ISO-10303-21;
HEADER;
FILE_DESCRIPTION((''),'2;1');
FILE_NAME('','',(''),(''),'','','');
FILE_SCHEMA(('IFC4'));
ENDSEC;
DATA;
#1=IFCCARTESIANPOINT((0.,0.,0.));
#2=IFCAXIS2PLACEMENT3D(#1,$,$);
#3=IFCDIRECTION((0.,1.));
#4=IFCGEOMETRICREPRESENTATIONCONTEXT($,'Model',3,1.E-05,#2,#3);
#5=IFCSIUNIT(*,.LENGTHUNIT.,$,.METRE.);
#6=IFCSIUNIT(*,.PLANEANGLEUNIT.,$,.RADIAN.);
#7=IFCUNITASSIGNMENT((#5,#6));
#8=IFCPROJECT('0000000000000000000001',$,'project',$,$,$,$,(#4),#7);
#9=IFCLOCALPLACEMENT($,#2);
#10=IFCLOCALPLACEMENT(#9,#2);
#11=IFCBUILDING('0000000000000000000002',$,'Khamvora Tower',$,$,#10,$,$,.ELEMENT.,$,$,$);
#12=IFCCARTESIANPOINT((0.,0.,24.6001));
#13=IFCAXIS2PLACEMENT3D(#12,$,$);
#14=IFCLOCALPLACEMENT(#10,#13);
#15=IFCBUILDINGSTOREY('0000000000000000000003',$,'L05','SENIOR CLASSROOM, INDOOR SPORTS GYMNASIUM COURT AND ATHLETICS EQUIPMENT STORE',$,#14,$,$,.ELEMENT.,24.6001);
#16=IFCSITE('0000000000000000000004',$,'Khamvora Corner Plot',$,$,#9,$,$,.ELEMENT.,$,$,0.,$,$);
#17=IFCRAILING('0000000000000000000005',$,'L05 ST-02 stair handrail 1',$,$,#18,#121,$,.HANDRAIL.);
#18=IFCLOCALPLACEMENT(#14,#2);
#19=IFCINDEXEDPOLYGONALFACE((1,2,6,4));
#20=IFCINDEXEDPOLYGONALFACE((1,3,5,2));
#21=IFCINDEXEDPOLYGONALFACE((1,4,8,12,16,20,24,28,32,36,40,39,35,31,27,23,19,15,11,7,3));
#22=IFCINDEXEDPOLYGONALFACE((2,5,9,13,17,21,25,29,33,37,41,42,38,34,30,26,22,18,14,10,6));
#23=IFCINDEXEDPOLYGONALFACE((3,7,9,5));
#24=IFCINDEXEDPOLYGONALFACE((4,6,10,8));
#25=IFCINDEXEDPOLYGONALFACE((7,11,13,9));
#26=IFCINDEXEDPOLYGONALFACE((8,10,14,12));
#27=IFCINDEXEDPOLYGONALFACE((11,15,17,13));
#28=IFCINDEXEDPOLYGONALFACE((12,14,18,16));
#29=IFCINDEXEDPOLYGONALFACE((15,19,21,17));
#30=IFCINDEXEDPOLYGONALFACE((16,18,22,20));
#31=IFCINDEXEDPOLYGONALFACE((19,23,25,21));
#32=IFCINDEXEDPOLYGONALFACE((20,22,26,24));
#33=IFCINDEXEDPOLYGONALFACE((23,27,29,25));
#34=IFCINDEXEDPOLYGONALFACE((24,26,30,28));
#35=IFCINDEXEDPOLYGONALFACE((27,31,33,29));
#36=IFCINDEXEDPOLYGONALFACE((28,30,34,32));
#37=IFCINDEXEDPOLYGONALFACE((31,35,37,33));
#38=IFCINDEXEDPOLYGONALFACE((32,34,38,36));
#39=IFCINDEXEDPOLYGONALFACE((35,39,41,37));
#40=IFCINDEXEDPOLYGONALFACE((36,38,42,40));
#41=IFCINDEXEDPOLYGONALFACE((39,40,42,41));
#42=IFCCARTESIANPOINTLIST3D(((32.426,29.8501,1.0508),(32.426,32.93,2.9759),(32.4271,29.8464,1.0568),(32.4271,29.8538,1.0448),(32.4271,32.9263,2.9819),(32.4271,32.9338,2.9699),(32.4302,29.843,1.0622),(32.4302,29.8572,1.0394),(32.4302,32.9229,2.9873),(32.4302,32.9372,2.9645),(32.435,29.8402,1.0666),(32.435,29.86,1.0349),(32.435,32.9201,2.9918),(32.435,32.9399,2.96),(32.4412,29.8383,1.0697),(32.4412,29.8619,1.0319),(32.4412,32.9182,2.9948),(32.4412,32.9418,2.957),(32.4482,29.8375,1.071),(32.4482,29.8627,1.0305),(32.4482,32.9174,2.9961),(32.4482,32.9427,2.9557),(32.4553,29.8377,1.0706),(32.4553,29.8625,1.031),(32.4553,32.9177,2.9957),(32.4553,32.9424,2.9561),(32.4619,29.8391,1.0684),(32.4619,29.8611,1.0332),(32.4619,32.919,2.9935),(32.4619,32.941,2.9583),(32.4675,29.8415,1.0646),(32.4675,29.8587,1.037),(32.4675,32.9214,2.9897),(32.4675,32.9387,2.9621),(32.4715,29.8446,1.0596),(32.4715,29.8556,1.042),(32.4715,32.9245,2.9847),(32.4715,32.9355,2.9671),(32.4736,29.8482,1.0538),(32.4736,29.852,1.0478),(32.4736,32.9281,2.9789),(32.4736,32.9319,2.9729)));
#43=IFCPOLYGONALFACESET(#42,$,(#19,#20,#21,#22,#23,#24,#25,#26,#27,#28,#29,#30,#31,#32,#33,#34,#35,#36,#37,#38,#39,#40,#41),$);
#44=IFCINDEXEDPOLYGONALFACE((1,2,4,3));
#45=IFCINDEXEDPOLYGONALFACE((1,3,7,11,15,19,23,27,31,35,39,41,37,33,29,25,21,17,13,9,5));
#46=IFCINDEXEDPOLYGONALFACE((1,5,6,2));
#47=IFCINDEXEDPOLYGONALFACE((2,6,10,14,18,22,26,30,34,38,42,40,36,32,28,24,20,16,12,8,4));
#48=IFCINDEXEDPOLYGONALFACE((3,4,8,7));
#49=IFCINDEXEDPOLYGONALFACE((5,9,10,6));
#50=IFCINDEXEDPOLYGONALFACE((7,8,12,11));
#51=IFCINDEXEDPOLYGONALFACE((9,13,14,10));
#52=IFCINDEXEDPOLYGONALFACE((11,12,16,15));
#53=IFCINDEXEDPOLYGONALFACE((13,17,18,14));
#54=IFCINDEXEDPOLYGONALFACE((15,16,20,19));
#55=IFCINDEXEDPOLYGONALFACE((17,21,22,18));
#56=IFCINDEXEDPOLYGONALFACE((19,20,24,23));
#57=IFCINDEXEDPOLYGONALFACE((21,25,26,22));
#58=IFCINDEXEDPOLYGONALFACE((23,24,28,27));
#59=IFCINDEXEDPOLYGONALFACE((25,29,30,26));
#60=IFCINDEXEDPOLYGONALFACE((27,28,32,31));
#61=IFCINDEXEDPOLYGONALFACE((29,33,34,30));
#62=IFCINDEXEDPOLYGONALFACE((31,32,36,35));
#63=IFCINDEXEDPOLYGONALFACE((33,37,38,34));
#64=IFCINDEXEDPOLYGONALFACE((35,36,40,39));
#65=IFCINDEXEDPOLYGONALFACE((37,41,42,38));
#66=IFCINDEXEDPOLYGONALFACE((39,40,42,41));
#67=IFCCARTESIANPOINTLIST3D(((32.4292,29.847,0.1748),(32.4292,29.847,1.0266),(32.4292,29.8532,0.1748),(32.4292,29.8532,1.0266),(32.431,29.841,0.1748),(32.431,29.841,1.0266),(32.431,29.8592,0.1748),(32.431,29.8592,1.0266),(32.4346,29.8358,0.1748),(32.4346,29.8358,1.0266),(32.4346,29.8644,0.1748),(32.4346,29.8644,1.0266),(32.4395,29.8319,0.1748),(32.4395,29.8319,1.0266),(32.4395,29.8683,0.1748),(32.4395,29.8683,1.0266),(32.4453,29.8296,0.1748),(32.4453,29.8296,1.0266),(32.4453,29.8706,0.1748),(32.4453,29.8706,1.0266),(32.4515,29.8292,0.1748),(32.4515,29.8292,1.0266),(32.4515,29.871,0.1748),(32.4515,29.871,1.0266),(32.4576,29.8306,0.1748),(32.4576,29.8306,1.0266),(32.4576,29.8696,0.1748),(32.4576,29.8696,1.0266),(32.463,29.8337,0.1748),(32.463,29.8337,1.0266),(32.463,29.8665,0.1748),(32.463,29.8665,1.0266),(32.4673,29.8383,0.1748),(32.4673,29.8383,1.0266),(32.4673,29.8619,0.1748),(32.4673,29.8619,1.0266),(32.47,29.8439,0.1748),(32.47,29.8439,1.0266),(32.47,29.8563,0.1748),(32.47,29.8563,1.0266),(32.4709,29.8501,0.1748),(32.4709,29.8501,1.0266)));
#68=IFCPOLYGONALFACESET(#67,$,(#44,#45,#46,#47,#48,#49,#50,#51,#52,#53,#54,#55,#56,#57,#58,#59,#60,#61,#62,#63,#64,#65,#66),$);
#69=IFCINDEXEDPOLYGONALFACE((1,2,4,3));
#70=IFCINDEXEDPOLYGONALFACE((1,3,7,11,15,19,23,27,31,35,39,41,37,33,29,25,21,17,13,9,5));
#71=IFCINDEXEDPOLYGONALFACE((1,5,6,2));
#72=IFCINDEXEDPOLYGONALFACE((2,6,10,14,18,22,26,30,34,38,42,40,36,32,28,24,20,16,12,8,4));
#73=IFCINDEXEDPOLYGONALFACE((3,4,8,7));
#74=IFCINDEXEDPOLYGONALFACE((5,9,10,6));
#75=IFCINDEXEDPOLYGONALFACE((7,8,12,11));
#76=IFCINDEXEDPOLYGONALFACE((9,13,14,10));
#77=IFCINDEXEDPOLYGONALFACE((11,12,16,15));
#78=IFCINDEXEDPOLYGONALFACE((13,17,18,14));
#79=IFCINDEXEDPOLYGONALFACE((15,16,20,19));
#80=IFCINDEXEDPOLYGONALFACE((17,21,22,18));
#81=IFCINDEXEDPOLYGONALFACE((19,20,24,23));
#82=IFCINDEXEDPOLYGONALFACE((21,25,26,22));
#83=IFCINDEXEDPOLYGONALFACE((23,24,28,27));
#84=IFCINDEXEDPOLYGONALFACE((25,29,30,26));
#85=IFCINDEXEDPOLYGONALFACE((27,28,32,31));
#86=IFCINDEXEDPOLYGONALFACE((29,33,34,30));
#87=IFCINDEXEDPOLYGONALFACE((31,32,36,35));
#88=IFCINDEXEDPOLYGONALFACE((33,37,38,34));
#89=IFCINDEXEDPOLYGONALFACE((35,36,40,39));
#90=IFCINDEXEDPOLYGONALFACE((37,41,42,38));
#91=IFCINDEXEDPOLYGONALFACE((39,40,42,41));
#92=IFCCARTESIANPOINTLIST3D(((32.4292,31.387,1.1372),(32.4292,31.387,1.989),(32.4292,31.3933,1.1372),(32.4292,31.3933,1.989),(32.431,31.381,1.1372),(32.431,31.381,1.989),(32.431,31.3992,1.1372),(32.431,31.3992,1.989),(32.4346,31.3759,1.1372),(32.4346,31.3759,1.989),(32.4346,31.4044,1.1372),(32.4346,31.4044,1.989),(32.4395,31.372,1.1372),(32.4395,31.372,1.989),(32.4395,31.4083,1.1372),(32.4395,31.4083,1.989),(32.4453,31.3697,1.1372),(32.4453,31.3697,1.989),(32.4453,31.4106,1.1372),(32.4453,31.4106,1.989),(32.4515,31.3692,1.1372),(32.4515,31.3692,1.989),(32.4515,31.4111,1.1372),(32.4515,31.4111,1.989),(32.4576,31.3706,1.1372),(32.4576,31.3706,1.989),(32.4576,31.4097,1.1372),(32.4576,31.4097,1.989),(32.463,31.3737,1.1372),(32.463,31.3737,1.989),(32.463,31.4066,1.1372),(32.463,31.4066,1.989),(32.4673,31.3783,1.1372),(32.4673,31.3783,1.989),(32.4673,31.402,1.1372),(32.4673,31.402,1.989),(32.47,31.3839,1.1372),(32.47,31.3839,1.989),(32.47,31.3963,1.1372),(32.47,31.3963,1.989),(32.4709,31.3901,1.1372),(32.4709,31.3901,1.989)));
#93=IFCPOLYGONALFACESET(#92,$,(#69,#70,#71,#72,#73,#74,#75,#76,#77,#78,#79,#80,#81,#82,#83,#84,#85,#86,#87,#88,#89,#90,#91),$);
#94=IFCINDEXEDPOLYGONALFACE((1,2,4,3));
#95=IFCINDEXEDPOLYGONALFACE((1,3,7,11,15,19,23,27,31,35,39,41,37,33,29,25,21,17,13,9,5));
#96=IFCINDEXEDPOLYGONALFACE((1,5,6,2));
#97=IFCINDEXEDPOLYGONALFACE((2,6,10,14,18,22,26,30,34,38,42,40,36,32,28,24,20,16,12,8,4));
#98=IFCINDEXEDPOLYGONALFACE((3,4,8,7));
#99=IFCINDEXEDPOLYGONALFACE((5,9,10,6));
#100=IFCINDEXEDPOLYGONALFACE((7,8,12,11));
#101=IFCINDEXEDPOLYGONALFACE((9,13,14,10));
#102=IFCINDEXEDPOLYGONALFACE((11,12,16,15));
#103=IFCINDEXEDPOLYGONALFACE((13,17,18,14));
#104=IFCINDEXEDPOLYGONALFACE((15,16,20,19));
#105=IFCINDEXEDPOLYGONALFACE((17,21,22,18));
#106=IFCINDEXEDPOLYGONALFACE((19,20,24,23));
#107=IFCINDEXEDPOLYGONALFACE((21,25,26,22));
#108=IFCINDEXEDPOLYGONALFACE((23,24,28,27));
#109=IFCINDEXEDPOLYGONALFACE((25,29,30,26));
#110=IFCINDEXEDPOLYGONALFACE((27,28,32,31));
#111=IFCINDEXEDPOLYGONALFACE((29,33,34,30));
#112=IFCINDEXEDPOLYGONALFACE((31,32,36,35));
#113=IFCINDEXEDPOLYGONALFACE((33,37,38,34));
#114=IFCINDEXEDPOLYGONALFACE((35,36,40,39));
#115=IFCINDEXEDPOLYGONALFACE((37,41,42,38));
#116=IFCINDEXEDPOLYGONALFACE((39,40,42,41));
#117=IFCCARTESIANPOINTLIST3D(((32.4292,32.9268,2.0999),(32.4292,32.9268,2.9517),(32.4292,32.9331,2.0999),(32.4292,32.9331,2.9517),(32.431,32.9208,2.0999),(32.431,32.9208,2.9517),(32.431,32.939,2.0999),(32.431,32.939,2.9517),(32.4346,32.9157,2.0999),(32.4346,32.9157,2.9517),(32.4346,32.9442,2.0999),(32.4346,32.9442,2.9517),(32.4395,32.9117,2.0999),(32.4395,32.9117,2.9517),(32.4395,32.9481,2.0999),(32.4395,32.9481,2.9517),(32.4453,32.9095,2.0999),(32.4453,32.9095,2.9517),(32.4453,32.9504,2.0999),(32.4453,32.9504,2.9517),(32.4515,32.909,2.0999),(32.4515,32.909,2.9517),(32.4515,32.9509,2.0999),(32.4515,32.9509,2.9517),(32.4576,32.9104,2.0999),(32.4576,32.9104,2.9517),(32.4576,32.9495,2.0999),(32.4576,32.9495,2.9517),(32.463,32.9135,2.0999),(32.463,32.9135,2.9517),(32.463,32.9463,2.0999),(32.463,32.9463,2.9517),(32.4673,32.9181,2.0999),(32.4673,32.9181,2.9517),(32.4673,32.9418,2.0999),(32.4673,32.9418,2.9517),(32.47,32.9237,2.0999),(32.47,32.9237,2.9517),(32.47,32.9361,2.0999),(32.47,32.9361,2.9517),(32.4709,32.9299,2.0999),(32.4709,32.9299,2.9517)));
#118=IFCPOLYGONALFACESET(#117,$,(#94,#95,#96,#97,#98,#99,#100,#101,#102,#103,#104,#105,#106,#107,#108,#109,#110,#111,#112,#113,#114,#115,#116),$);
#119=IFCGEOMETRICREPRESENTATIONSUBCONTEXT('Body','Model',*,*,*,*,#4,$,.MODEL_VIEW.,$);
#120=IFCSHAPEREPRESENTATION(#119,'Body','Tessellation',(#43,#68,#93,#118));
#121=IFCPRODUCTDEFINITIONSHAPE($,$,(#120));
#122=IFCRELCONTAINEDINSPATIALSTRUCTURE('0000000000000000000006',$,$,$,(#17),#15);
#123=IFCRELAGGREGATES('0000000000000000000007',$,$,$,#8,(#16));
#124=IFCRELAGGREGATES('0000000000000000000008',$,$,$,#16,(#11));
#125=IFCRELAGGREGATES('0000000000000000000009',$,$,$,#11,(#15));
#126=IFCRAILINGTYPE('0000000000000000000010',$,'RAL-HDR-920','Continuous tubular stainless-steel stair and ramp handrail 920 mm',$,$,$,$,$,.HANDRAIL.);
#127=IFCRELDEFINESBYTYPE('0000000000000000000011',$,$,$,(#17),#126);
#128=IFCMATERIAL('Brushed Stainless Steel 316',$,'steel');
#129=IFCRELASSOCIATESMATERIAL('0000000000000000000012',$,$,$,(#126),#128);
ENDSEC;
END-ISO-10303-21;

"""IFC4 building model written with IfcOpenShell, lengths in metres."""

from ifc_helpers import new_model, si_unit, direction, frame, origin, origin_2d, place, context, subcontext, project, spatial, circle, extrude, material, type_object, element, save


model = new_model("IFC4")

# Units and contexts
model_context = context("Model", 3, precision=1e-05, world=origin(), true_north=direction((0.0, 1.0)))
body_context = subcontext(model_context, "Body", "Model", "MODEL_VIEW")
ifc_project = project(units=[si_unit("LENGTHUNIT", "METRE"), si_unit("PLANEANGLEUNIT", "RADIAN")], contexts=[model_context])

# Site, building, storey
site_placement = place(None, origin())
site = spatial("IfcSite", under=ifc_project, at=site_placement, Name="Khamvora Corner Plot", CompositionType="ELEMENT", RefElevation=0.0)
building_placement = place(site_placement, origin())
building = spatial("IfcBuilding", under=site, at=building_placement, Name="Khamvora Tower", CompositionType="ELEMENT")
storey_placement = place(building_placement, frame((0.0, 0.0, 24.6001)))
storey = spatial("IfcBuildingStorey", under=building, at=storey_placement, Name="L05", Description="SENIOR CLASSROOM, INDOOR SPORTS GYMNASIUM COURT AND ATHLETICS EQUIPMENT STORE", CompositionType="ELEMENT", Elevation=24.6001)

# Railing
ifc_material_1 = material(Name="Brushed Stainless Steel 316", Category="steel")
railing_type_1 = type_object("IfcRailingType", Name="RAL-HDR-920", Description="Continuous tubular stainless-steel stair and ramp handrail 920 mm", PredefinedType="HANDRAIL", material=ifc_material_1)
railing_1_placement = place(storey_placement, frame((32.45, 29.8501, 0.1748)))
element("IfcRailing", 1, at=railing_1_placement, inside=storey, type_object=railing_type_1, Name="L05 ST-02 stair handrail 1", PredefinedType="HANDRAIL", context=body_context, shape_type="SweptSolid", body=[
    extrude(circle(Radius=0.0239, at=origin_2d()), frame((0.0, 0.0, 0.876), z_axis=(0.0, 0.847979, 0.530029), x_axis=(-1.0, 0.0, 0.0)), (0.0, 0.0, 1.0), 3.6321),
    extrude(circle(Radius=0.021, at=origin_2d()), origin(), (0.0, 0.0, 1.0), 0.8518),
    extrude(circle(Radius=0.021, at=origin_2d()), frame((0.0, 1.54, 0.9624)), (0.0, 0.0, 1.0), 0.8518),
    extrude(circle(Radius=0.021, at=origin_2d()), frame((0.0, 3.0798, 1.925)), (0.0, 0.0, 1.0), 0.8518),
])

save(model, "model.ifc")
